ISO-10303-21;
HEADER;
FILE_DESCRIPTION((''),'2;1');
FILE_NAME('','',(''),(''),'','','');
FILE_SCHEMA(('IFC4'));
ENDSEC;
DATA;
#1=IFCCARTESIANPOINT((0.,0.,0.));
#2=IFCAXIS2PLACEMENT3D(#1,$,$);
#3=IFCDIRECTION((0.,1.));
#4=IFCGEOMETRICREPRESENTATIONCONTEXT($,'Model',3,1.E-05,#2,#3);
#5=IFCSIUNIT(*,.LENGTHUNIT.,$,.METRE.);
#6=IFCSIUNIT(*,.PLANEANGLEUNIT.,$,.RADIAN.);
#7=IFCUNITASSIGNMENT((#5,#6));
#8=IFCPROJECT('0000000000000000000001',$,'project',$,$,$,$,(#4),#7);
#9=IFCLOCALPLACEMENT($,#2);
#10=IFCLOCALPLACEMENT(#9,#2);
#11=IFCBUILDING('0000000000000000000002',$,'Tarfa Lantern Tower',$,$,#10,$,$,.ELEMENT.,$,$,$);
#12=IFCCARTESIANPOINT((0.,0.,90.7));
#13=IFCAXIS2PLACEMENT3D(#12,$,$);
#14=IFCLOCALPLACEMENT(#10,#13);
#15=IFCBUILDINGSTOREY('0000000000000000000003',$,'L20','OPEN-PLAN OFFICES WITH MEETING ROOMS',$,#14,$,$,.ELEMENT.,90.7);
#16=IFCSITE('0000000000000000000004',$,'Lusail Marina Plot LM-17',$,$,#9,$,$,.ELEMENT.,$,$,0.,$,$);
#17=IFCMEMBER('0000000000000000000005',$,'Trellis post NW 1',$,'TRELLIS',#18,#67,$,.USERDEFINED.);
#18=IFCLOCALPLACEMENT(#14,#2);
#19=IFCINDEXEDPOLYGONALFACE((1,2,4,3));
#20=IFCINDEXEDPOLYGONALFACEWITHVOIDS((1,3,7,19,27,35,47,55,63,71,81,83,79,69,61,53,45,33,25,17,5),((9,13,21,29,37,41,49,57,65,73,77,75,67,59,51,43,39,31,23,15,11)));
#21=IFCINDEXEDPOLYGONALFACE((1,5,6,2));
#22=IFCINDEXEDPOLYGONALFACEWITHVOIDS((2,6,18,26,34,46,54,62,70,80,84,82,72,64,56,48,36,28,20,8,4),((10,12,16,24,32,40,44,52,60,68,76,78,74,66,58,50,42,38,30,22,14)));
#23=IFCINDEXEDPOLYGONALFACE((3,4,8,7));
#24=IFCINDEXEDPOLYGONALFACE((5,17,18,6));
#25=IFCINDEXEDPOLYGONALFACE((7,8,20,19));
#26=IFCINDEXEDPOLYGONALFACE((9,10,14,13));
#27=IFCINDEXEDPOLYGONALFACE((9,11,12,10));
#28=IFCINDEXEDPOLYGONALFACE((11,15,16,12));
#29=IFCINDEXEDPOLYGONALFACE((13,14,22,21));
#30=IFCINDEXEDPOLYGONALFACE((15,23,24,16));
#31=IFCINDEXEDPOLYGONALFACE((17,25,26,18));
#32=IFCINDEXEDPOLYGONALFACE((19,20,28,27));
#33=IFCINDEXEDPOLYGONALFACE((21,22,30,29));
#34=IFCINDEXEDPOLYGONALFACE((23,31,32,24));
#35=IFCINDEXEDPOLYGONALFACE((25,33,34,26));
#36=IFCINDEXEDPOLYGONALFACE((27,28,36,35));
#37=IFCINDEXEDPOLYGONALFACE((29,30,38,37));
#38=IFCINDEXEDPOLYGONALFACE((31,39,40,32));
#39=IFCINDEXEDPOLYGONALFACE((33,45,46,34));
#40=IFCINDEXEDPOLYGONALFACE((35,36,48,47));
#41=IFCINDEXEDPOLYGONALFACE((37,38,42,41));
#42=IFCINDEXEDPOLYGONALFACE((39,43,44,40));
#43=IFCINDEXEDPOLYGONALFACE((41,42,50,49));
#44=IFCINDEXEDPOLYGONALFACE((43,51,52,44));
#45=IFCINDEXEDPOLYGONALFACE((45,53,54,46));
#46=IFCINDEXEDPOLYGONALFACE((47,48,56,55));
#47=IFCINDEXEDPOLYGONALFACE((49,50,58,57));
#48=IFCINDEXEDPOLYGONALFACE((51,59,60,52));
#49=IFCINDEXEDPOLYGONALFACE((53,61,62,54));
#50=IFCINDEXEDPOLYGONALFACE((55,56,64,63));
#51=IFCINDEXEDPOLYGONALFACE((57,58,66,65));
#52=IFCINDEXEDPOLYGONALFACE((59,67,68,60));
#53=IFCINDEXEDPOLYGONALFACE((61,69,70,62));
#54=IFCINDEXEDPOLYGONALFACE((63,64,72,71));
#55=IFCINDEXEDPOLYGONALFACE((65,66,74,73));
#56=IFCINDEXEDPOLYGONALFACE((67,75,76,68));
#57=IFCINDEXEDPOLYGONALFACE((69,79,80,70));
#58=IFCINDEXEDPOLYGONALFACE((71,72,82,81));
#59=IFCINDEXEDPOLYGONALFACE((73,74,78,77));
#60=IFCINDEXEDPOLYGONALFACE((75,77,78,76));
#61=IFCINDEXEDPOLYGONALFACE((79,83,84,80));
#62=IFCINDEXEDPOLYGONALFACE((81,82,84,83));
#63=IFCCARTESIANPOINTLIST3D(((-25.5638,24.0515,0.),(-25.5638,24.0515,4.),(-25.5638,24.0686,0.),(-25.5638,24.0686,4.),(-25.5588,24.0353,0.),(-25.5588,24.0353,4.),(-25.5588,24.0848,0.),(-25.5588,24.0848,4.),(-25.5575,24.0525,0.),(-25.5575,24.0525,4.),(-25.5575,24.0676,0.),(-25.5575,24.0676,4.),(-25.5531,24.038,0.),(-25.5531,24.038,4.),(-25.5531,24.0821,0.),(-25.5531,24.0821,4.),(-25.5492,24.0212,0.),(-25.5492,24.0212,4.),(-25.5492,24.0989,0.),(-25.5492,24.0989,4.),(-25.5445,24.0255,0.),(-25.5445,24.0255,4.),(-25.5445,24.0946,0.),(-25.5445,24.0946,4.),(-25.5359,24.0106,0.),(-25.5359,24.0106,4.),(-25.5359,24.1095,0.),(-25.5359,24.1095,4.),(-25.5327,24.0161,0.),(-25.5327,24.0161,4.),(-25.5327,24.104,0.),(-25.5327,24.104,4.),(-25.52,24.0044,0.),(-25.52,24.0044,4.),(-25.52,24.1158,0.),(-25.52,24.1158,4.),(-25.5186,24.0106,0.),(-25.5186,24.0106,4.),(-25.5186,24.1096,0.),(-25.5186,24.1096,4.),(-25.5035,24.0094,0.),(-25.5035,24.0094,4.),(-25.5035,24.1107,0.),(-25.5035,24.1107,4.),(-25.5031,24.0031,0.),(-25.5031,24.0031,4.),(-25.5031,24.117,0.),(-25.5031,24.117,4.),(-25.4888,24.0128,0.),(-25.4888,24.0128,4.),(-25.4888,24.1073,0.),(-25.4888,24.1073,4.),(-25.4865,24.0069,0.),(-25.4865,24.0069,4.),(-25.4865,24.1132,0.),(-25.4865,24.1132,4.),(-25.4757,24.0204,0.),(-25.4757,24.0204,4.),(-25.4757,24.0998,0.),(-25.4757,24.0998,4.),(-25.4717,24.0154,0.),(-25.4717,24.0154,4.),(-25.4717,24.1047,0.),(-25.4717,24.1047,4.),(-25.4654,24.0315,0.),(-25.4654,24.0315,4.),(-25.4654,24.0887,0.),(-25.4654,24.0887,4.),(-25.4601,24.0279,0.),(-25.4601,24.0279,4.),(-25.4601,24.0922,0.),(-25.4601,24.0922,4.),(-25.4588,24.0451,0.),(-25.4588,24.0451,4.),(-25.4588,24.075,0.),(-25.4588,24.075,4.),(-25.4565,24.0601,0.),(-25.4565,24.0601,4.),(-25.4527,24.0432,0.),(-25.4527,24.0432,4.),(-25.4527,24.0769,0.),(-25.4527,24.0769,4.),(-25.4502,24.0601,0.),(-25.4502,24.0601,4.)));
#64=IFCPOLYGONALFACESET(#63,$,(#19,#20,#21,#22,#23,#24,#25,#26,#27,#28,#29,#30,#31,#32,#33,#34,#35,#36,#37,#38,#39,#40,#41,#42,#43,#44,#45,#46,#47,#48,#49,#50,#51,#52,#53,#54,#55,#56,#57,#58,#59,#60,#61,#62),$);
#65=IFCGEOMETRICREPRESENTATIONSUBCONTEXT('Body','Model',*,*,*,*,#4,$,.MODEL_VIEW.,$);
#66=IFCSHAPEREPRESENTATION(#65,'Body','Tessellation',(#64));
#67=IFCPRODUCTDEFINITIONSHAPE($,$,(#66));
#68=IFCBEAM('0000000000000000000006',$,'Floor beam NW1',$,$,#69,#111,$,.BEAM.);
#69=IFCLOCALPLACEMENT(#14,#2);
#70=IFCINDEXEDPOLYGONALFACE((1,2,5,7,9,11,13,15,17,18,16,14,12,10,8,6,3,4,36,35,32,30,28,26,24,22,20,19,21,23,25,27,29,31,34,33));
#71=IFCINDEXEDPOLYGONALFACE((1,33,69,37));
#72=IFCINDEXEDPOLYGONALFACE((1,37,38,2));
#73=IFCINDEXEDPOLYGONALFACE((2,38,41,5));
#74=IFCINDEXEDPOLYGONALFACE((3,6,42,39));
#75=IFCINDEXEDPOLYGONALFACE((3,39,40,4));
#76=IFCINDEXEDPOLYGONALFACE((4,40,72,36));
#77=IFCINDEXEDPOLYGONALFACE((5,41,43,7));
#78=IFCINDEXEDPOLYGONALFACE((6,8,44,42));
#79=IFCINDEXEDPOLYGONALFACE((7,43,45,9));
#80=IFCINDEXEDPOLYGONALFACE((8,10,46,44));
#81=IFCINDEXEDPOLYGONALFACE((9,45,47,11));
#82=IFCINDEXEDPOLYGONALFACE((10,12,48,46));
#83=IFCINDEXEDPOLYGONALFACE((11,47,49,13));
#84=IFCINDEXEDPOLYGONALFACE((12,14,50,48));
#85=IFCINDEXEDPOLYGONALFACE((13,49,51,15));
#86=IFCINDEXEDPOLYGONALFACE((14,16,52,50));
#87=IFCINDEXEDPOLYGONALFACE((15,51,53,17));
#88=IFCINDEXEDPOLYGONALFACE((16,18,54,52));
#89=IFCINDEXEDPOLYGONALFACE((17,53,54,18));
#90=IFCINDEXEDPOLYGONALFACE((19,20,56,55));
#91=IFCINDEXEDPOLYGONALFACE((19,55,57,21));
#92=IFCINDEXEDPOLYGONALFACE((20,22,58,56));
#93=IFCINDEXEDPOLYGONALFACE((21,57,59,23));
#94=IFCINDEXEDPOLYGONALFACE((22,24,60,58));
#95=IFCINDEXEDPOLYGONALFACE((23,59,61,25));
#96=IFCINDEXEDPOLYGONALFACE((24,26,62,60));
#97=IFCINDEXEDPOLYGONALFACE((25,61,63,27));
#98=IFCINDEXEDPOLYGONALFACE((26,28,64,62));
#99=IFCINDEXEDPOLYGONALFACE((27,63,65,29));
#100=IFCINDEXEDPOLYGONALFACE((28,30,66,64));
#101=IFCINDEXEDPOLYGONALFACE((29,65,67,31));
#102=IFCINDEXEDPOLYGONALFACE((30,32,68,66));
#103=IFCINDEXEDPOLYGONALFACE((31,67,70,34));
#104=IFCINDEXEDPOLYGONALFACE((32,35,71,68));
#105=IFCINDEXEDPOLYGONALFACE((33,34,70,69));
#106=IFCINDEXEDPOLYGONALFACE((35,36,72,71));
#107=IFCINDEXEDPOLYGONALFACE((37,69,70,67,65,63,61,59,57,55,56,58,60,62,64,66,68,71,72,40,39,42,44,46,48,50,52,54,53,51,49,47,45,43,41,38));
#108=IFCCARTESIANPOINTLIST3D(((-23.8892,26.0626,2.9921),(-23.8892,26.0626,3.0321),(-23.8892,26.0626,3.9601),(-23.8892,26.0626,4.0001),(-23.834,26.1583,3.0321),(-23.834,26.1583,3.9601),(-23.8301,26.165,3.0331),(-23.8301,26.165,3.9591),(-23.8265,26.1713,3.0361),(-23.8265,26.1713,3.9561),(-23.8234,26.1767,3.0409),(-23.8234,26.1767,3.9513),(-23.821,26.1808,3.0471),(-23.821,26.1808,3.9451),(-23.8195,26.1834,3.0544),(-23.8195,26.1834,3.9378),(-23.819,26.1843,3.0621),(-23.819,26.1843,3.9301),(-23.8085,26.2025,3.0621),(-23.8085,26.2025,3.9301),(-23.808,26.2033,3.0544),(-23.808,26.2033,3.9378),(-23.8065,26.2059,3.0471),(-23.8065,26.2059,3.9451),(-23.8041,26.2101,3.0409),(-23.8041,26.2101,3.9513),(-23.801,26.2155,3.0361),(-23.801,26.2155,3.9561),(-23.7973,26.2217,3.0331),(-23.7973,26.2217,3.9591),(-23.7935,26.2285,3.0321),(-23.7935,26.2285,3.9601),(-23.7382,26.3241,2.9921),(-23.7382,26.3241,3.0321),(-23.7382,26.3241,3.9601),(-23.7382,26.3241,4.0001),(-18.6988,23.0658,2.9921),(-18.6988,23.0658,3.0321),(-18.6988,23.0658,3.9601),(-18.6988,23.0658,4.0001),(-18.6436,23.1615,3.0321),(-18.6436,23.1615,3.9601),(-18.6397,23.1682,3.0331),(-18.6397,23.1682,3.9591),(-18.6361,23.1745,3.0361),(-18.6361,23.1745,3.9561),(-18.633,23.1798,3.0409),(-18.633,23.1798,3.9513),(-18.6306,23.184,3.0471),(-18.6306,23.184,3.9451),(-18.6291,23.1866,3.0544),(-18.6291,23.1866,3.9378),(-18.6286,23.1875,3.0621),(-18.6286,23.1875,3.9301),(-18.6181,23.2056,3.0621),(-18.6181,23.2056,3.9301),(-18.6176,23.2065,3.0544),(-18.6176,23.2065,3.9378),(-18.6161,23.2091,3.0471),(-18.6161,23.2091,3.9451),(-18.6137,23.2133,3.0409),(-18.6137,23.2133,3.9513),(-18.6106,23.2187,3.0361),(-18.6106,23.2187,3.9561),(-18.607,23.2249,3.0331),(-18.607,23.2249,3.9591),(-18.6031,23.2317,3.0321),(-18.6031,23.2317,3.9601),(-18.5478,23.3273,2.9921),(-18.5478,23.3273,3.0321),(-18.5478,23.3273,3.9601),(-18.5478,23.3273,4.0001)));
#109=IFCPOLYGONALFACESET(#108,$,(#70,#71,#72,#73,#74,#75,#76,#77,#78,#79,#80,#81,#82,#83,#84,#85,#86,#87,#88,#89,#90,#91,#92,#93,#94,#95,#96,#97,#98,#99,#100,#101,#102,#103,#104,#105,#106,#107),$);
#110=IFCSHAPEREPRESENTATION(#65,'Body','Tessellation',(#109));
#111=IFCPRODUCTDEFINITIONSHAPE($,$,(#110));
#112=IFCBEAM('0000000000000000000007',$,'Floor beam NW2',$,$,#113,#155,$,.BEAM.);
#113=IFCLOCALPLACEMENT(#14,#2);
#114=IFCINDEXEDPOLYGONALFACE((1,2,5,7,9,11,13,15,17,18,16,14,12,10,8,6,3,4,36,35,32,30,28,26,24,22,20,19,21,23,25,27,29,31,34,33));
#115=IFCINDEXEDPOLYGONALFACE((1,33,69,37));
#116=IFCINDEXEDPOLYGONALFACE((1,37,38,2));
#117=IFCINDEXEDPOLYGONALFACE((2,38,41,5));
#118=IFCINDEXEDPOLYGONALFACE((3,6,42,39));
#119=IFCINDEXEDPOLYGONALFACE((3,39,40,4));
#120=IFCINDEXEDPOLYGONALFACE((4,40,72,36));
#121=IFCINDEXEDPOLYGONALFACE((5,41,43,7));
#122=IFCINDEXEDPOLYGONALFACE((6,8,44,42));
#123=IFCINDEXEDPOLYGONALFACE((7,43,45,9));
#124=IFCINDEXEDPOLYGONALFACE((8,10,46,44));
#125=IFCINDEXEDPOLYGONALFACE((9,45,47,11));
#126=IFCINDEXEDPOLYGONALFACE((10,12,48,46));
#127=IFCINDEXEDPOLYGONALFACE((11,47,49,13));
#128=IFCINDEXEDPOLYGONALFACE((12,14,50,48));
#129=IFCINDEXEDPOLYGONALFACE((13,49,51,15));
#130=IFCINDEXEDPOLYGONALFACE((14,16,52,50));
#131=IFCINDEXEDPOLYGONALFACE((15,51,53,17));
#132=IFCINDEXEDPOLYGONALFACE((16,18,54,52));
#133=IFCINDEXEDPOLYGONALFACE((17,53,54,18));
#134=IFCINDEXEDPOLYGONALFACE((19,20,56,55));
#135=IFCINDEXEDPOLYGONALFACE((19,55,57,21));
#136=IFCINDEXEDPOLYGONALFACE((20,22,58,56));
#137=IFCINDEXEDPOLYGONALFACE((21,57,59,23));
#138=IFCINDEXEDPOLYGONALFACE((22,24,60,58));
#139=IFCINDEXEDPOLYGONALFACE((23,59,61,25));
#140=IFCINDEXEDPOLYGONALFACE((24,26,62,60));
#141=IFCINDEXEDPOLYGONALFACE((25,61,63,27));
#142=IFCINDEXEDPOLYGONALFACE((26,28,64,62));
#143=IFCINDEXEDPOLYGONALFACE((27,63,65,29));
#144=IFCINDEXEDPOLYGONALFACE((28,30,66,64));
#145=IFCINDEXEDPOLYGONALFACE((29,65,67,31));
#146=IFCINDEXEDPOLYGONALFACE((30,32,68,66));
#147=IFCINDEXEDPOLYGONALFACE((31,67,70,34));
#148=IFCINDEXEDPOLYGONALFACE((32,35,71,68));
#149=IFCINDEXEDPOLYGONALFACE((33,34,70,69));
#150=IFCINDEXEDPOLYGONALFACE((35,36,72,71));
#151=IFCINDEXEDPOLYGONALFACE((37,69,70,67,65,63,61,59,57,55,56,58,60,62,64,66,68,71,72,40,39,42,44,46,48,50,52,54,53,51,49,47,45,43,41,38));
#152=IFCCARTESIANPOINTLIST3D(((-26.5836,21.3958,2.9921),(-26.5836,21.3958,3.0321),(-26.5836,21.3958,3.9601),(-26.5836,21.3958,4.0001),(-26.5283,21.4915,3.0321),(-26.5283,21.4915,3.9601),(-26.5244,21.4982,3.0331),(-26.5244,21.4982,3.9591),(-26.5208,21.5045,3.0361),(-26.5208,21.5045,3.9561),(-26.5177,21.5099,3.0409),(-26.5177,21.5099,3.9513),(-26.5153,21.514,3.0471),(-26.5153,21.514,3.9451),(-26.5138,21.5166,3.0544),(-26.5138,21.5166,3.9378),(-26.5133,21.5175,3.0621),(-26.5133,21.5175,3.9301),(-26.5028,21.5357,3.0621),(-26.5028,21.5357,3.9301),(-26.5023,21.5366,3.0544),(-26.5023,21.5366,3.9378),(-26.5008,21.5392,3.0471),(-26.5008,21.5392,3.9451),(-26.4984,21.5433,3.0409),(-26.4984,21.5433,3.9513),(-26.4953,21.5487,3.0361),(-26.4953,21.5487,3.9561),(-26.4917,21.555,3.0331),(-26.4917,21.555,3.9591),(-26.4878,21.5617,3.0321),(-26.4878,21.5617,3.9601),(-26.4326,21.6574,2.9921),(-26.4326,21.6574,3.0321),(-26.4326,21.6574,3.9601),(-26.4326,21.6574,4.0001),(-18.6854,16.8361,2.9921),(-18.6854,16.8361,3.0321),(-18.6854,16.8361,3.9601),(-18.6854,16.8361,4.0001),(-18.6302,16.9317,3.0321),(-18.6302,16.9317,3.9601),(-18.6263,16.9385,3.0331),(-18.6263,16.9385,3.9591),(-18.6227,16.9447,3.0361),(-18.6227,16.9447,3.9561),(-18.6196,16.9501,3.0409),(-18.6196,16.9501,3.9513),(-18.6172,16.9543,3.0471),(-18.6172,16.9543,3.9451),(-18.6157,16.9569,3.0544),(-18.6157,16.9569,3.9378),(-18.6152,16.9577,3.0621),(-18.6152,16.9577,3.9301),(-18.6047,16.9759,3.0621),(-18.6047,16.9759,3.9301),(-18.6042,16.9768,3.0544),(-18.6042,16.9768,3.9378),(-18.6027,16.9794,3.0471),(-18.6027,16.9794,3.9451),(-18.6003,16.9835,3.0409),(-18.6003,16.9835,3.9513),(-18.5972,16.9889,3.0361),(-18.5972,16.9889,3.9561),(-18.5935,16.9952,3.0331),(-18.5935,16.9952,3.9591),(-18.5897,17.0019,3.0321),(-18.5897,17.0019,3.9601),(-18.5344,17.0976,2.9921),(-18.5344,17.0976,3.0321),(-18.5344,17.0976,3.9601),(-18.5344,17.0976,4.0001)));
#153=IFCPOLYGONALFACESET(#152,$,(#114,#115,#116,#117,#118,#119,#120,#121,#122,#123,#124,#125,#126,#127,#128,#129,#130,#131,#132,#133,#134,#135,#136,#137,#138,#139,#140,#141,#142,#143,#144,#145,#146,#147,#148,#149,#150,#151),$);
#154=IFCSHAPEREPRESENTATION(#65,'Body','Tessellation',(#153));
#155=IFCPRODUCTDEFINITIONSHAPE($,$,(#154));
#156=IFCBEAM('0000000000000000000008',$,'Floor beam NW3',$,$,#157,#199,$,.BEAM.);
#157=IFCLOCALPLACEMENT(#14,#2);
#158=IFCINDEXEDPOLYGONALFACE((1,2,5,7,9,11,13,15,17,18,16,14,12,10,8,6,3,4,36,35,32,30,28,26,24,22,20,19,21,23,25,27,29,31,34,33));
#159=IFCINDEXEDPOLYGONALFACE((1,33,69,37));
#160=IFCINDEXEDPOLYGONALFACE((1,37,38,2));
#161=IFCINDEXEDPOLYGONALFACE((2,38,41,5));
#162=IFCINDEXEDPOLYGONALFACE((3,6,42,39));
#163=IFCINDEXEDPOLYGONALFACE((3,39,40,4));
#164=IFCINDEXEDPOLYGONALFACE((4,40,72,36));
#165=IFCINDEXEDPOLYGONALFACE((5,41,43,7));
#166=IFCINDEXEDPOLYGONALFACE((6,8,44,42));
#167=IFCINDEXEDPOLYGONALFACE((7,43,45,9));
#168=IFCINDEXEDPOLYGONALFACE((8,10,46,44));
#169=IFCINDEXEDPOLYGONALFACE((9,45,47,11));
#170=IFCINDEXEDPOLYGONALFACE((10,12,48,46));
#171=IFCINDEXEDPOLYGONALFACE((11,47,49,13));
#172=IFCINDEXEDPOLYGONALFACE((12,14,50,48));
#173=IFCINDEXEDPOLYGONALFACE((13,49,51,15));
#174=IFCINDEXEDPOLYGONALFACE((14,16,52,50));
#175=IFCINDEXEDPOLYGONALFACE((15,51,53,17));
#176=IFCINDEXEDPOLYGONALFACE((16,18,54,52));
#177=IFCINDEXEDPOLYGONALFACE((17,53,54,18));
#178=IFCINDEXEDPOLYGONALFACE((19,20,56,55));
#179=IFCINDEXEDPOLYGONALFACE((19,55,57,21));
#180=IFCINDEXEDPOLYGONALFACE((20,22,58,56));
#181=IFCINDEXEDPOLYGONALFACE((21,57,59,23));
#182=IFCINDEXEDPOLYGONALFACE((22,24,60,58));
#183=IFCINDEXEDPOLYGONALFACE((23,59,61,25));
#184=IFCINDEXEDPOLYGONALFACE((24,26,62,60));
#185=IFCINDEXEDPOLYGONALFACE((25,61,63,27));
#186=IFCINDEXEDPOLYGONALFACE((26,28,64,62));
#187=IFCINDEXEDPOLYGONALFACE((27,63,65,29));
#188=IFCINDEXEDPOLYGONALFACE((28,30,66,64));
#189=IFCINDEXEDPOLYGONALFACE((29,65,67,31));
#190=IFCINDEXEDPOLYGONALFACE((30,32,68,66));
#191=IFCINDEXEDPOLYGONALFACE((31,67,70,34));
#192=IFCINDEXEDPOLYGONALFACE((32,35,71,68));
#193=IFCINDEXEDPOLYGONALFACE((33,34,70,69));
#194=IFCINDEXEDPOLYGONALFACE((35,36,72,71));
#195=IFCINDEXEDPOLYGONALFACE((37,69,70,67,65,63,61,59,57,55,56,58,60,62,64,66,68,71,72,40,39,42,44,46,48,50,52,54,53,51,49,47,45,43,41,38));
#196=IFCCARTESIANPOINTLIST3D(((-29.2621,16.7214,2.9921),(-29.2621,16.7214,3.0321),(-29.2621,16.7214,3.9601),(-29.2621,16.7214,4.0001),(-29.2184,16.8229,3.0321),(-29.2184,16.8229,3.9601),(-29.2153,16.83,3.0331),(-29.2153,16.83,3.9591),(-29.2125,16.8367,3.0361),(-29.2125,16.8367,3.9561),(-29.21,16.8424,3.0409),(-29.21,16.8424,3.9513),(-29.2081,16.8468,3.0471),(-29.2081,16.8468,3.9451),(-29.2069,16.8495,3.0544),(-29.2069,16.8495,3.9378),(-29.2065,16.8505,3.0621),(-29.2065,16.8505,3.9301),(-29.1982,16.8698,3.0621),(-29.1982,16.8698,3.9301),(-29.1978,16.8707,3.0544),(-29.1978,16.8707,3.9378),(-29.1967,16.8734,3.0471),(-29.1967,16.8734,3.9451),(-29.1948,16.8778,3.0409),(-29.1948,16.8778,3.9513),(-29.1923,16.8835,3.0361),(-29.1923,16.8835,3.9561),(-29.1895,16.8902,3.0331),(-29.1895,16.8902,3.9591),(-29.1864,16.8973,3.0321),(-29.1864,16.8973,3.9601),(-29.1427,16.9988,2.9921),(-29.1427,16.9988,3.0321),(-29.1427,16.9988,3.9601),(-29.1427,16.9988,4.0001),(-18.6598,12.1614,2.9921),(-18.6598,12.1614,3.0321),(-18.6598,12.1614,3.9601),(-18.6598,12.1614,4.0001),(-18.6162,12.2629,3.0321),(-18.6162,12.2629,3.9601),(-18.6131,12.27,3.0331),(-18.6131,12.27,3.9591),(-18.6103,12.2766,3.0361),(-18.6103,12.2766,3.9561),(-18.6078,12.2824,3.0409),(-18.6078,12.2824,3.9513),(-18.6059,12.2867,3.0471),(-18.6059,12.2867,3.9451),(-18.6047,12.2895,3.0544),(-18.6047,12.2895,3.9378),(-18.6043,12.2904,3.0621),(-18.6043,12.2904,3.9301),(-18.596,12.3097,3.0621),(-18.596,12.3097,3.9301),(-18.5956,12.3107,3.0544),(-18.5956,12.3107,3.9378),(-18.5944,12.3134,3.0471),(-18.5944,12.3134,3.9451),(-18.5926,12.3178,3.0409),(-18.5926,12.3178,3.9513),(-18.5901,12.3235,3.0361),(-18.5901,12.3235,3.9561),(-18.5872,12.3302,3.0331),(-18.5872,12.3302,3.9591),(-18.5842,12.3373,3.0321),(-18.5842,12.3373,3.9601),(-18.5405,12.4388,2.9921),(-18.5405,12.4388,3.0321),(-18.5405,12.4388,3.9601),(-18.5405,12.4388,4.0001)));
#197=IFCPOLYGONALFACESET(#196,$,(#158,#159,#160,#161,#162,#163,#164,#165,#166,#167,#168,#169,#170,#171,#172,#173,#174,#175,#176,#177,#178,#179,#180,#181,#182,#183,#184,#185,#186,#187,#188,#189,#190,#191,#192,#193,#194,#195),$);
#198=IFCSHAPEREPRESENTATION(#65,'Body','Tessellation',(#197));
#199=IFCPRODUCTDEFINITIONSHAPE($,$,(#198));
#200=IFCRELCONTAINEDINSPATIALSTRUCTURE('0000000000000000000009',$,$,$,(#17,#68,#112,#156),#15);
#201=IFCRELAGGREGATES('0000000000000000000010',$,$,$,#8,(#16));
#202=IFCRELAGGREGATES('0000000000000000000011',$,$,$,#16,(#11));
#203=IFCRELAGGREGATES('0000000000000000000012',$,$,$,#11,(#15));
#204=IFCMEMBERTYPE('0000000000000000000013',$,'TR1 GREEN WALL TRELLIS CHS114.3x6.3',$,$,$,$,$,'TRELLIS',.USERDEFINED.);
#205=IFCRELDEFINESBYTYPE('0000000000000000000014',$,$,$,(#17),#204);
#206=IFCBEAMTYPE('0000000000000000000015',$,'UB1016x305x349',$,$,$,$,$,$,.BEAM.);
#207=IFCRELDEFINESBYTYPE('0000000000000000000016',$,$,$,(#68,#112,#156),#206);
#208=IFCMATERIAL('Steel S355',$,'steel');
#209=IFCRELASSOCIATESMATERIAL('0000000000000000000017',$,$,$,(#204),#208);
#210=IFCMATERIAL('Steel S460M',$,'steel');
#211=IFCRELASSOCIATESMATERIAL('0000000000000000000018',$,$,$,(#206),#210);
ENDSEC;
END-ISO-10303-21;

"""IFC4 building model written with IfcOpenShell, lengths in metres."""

from ifc_helpers import new_model, si_unit, direction, frame, origin, origin_2d, place, context, subcontext, project, spatial, hollow_circle, i_section, extrude, material, material_profile, profile_set, type_object, element, save


model = new_model("IFC4")

# Units and contexts
model_context = context("Model", 3, precision=1e-05, world=origin(), true_north=direction((0.0, 1.0)))
body_context = subcontext(model_context, "Body", "Model", "MODEL_VIEW")
ifc_project = project(units=[si_unit("LENGTHUNIT", "METRE"), si_unit("PLANEANGLEUNIT", "RADIAN")], contexts=[model_context])

# Site, building, storey
site_placement = place(None, origin())
site = spatial("IfcSite", under=ifc_project, at=site_placement, Name="Lusail Marina Plot LM-17", CompositionType="ELEMENT", RefElevation=0.0)
building_placement = place(site_placement, origin())
building = spatial("IfcBuilding", under=site, at=building_placement, Name="Tarfa Lantern Tower", CompositionType="ELEMENT")
storey_placement = place(building_placement, frame((0.0, 0.0, 90.7)))
storey = spatial("IfcBuildingStorey", under=building, at=storey_placement, Name="L20", Description="OPEN-PLAN OFFICES WITH MEETING ROOMS", CompositionType="ELEMENT", Elevation=90.7)

# Member
ifc_material_1 = material(Name="Steel S355", Category="steel")
ifc_material_profile_1 = material_profile(ifc_material_1, hollow_circle(Radius=0.0571, WallThickness=0.0063, at=origin_2d()), Name="CHS114.3x6.3")
ifc_profile_set_1 = profile_set([ifc_material_profile_1], Name="Steel S355")
member_type_1 = type_object("IfcMemberType", Name="TR1 GREEN WALL TRELLIS CHS114.3x6.3", ElementType="TRELLIS", PredefinedType="USERDEFINED", material=ifc_profile_set_1)
member_1_placement = place(storey_placement, frame((-25.5073, 24.0601, 0.0), z_axis=(0.0, 0.0, 1.0), x_axis=(1.0, 0.0, 0.0)))
element("IfcMember", 1, at=member_1_placement, inside=storey, type_object=member_type_1, Name="Trellis post NW 1", ObjectType="TRELLIS", PredefinedType="USERDEFINED", context=body_context, shape_type="SweptSolid", body=[
    extrude(hollow_circle(Radius=0.0571, WallThickness=0.0063, at=origin_2d()), origin(), (0.0, 0.0, 1.0), 4.0),
])

# Beams
ifc_material_2 = material(Name="Steel S460M", Category="steel")
ifc_material_profile_2 = material_profile(ifc_material_2, i_section(OverallWidth=0.302, OverallDepth=1.0081, WebThickness=0.021, FlangeThickness=0.04, FilletRadius=0.03, at=origin_2d()), Name="UB1016x305x349")
ifc_profile_set_2 = profile_set([ifc_material_profile_2], Name="Steel S460M")
beam_type_1 = type_object("IfcBeamType", Name="UB1016x305x349", PredefinedType="BEAM", material=ifc_profile_set_2)
beam_1_placement = place(storey_placement, frame((-23.8137, 26.1934, 3.4961), z_axis=(0.866016, -0.500016, 0.0), x_axis=(0.500016, 0.866016, 0.0)))
element("IfcBeam", 2, at=beam_1_placement, inside=storey, type_object=beam_type_1, Name="Floor beam NW1", PredefinedType="BEAM", context=body_context, shape_type="SweptSolid", body=[
    extrude(i_section(OverallWidth=0.302, OverallDepth=1.0081, WebThickness=0.021, FlangeThickness=0.04, FilletRadius=0.03, at=origin_2d()), origin(), (0.0, 0.0, 1.0), 5.9934),
])
beam_2_placement = place(storey_placement, frame((-26.5081, 21.5266, 3.4961), z_axis=(0.866035, -0.499983, 0.0), x_axis=(0.499983, 0.866035, 0.0)))
element("IfcBeam", 3, at=beam_2_placement, inside=storey, type_object=beam_type_1, Name="Floor beam NW2", PredefinedType="BEAM", context=body_context, shape_type="SweptSolid", body=[
    extrude(i_section(OverallWidth=0.302, OverallDepth=1.0081, WebThickness=0.021, FlangeThickness=0.04, FilletRadius=0.03, at=origin_2d()), origin(), (0.0, 0.0, 1.0), 9.1199),
])
beam_3_placement = place(storey_placement, frame((-29.2024, 16.8601, 3.4961), z_axis=(0.918635, -0.395106, 0.0), x_axis=(0.395106, 0.918635, 0.0)))
element("IfcBeam", 4, at=beam_3_placement, inside=storey, type_object=beam_type_1, Name="Floor beam NW3", PredefinedType="BEAM", context=body_context, shape_type="SweptSolid", body=[
    extrude(i_section(OverallWidth=0.302, OverallDepth=1.0081, WebThickness=0.021, FlangeThickness=0.04, FilletRadius=0.03, at=origin_2d()), origin(), (0.0, 0.0, 1.0), 11.5413),
])

save(model, "model.ifc")
